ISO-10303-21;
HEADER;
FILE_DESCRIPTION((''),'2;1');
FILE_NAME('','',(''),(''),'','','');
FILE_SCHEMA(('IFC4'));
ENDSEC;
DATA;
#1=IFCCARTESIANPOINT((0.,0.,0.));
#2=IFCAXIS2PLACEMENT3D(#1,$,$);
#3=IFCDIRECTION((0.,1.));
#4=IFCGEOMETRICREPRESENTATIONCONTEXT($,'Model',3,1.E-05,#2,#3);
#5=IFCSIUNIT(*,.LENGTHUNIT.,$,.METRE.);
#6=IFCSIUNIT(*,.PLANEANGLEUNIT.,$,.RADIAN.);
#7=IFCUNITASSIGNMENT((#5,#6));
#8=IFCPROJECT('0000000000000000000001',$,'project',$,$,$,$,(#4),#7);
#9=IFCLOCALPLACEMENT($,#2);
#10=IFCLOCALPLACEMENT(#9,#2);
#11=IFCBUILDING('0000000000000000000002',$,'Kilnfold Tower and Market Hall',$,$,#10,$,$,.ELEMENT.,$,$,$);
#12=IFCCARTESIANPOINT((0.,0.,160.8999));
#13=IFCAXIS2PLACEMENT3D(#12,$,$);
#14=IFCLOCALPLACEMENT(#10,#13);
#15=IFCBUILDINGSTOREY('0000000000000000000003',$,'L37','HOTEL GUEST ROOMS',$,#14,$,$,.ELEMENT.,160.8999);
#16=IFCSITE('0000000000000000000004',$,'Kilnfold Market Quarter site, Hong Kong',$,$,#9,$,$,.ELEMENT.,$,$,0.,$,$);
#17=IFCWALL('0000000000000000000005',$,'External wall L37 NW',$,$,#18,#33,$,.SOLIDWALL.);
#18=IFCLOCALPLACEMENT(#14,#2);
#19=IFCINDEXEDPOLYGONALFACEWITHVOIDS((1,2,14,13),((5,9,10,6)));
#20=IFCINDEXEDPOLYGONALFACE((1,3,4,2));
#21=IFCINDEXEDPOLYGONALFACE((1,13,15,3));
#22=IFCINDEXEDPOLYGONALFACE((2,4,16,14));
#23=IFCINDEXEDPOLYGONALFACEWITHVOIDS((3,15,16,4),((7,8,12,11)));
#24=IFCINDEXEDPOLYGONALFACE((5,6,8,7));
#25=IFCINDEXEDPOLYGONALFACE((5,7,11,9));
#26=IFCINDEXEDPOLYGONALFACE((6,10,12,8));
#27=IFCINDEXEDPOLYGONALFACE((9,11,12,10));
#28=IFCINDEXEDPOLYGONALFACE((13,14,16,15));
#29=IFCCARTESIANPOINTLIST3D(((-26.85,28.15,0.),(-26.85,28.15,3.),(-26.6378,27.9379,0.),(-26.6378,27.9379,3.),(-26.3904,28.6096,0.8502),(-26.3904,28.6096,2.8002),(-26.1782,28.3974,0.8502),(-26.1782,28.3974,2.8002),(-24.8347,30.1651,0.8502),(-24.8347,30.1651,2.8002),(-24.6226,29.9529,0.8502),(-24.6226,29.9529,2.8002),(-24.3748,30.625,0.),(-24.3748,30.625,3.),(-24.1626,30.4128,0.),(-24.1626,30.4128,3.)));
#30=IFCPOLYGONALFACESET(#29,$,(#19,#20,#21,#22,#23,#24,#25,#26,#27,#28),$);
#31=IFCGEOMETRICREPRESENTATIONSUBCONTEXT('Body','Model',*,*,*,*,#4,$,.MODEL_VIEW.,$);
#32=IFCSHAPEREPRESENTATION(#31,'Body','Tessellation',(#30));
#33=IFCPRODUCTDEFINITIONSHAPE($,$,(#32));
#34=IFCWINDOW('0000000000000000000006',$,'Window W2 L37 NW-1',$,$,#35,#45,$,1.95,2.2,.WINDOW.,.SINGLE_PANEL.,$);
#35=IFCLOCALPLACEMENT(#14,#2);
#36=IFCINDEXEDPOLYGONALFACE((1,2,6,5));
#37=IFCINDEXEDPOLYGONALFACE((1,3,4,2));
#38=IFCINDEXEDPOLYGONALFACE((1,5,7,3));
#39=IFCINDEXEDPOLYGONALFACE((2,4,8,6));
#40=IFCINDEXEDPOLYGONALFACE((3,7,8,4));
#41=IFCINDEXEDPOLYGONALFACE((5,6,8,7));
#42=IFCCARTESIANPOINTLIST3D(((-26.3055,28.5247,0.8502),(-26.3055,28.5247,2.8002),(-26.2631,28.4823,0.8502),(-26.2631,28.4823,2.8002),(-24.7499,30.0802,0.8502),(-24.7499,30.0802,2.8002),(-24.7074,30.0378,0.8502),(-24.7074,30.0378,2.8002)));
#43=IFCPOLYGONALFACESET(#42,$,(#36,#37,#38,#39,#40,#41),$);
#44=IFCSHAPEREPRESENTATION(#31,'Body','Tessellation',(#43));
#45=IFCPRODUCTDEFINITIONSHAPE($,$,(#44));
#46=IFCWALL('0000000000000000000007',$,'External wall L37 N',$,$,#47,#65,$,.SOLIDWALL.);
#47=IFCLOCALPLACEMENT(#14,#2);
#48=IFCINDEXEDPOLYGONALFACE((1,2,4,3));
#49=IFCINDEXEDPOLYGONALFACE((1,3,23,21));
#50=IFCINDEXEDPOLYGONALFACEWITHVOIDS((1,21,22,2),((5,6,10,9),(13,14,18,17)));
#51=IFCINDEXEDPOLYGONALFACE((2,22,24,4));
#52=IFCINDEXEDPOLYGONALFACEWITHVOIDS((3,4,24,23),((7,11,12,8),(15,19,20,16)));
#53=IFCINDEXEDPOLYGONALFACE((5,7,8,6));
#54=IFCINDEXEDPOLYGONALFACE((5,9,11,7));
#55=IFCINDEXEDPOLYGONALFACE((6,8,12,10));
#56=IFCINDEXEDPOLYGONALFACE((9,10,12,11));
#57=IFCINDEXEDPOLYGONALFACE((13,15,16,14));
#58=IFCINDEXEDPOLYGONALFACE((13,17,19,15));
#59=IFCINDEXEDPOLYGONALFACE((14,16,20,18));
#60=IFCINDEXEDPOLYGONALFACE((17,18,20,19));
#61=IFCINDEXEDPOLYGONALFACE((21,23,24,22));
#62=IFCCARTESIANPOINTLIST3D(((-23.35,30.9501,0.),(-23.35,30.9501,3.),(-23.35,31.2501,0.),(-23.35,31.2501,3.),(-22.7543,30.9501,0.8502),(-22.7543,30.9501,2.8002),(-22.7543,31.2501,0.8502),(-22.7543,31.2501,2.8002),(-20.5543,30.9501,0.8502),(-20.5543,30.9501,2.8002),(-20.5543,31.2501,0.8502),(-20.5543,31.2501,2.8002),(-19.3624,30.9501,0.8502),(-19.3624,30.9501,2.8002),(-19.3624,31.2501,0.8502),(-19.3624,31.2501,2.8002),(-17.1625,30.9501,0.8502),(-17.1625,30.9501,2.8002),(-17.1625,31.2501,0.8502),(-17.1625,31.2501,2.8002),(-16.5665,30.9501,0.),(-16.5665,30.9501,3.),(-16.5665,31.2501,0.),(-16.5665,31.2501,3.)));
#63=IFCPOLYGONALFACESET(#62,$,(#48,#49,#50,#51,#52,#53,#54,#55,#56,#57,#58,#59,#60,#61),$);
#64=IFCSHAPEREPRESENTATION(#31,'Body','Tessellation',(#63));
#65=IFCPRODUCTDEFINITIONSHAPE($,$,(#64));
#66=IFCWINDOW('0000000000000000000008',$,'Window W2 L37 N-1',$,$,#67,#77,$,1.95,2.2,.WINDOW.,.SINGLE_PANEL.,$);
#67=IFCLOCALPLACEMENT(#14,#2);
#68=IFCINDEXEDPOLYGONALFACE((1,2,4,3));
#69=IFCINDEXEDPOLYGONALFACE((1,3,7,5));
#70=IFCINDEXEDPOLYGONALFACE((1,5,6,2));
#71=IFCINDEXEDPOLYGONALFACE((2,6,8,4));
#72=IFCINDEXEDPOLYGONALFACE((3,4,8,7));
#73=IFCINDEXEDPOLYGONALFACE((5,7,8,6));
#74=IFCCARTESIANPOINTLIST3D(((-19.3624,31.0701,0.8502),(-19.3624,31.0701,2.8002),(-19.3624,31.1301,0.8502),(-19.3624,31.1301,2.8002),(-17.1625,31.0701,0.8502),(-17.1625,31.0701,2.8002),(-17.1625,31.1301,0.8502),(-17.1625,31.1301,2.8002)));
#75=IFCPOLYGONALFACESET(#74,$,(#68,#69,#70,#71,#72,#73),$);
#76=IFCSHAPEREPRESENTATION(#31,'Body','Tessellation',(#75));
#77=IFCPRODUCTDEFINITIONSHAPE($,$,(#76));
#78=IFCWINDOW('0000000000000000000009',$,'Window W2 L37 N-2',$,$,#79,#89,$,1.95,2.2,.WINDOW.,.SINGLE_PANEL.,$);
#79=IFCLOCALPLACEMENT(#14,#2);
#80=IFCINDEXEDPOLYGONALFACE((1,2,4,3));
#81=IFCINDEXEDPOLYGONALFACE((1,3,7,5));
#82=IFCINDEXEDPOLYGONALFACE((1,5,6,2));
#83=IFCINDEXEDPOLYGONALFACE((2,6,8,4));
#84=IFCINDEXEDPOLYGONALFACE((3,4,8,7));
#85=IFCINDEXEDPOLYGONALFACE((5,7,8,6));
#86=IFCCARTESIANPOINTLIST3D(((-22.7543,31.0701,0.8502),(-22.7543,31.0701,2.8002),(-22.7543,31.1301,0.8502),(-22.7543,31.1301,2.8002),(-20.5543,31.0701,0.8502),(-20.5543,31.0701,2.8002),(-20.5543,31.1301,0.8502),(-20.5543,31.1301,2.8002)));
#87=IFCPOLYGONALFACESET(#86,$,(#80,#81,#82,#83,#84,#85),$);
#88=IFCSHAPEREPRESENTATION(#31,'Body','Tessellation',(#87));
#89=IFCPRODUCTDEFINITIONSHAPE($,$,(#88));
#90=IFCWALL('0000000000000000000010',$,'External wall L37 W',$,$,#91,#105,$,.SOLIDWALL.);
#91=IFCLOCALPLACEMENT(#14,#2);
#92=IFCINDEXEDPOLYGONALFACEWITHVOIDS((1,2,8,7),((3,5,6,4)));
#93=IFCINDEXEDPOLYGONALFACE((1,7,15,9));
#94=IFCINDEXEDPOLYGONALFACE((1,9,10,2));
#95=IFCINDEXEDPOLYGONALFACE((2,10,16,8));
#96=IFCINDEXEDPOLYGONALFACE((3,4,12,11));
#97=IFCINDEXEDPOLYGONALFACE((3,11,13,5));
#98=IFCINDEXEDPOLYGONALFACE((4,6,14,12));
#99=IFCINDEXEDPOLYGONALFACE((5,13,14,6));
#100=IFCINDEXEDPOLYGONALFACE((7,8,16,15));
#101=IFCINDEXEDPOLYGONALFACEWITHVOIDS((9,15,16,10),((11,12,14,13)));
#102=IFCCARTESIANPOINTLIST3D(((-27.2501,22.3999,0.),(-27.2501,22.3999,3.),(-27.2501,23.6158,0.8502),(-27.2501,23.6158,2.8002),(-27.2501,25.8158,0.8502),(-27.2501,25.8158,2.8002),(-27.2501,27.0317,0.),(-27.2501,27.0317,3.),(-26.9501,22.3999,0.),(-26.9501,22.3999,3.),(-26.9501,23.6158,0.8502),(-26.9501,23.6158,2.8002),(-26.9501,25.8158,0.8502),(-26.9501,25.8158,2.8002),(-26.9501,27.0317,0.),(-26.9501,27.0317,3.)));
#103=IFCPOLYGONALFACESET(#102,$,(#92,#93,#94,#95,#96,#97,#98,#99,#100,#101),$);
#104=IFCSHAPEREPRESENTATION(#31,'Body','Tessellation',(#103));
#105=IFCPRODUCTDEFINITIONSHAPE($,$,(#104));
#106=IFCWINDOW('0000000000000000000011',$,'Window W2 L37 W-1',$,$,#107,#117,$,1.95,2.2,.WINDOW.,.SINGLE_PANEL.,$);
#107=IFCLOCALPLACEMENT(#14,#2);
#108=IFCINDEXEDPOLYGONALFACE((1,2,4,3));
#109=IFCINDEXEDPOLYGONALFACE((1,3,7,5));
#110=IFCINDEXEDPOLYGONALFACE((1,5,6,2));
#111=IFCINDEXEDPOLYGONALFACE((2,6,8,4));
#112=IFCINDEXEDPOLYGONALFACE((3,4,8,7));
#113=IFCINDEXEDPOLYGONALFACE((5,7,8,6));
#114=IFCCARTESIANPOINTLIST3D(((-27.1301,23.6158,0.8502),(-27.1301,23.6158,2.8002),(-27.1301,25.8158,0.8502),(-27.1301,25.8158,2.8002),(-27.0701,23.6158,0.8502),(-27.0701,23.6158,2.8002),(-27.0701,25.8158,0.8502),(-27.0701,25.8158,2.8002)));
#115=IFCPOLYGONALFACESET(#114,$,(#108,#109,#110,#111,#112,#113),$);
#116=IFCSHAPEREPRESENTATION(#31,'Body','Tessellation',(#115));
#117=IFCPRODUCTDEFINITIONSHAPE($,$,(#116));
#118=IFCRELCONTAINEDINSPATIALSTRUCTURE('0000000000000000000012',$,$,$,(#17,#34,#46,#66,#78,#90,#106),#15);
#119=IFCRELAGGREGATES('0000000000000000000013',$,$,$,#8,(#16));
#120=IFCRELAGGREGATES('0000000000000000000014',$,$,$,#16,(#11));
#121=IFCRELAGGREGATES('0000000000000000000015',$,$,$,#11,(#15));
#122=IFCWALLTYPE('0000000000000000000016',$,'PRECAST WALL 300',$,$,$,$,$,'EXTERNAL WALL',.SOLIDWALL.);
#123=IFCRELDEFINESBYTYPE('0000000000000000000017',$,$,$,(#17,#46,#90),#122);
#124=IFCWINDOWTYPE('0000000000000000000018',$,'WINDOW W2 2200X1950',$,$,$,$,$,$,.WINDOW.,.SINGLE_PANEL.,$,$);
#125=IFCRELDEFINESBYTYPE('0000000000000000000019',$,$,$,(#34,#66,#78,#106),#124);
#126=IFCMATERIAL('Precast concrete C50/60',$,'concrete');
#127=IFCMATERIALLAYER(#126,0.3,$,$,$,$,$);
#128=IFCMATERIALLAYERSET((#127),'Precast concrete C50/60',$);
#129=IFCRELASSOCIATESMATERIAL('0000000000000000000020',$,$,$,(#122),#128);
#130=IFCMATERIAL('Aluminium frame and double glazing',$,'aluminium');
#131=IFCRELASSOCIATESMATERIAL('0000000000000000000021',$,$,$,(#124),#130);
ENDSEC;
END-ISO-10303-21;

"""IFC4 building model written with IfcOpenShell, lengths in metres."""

from ifc_helpers import new_model, si_unit, direction, frame, frame_2d, origin, place, context, subcontext, project, spatial, rectangle, extrude, source, transform, mapped, material, layer, layer_set, type_object, element, fill, save


model = new_model("IFC4")

# Units and contexts
model_context = context("Model", 3, precision=1e-05, world=origin(), true_north=direction((0.0, 1.0)))
body_context = subcontext(model_context, "Body", "Model", "MODEL_VIEW")
ifc_project = project(units=[si_unit("LENGTHUNIT", "METRE"), si_unit("PLANEANGLEUNIT", "RADIAN")], contexts=[model_context])

# Site, building, storey
site_placement = place(None, origin())
site = spatial("IfcSite", under=ifc_project, at=site_placement, Name="Kilnfold Market Quarter site, Hong Kong", CompositionType="ELEMENT", RefElevation=0.0)
building_placement = place(site_placement, origin())
building = spatial("IfcBuilding", under=site, at=building_placement, Name="Kilnfold Tower and Market Hall", CompositionType="ELEMENT")
storey_placement = place(building_placement, frame((0.0, 0.0, 160.8999)))
storey = spatial("IfcBuildingStorey", under=building, at=storey_placement, Name="L37", Description="HOTEL GUEST ROOMS", CompositionType="ELEMENT", Elevation=160.8999)

# Wall, opening, window
ifc_material_1 = material(Name="Precast concrete C50/60", Category="concrete")
ifc_layer_1 = layer(ifc_material_1, 0.3)
ifc_layer_set_1 = layer_set([ifc_layer_1], Name="Precast concrete C50/60")
wall_type_1 = type_object("IfcWallType", Name="PRECAST WALL 300", ElementType="EXTERNAL WALL", PredefinedType="SOLIDWALL", material=ifc_layer_set_1)
shared_shape_1 = source(origin(), body_context, "Body", "SweptSolid", [
    extrude(rectangle(XDim=3.5002, YDim=0.3, at=frame_2d((1.75, 0.0))), origin(), (0.0, 0.0, 1.0), 3.0),
])
wall_1_placement = place(storey_placement, frame((-24.2688, 30.5188, 0.0), z_axis=(0.0, 0.0, 1.0), x_axis=(-0.707142, -0.707072, 0.0)))
wall_1 = element("IfcWall", 1, at=wall_1_placement, inside=storey, type_object=wall_type_1, Name="External wall L37 NW", PredefinedType="SOLIDWALL", context=body_context, shape_type="MappedRepresentation", body=[
    mapped(shared_shape_1, transform((0.0, 0.0, 0.0))),
])
opening_1_placement = place(wall_1_placement, frame((0.6501, 0.0, 0.8501)))
opening_1 = element("IfcOpeningElement", 2, at=opening_1_placement, cuts=wall_1, PredefinedType="OPENING", context=body_context, shape_type="SweptSolid", body=[
    extrude(rectangle(XDim=2.2, YDim=1.95, at=frame_2d((1.1001, 0.9751))), frame((0.0, 0.1602, 0.0), z_axis=(0.0, -1.0, 0.0), x_axis=(1.0, 0.0, 0.0)), (0.0, 0.0, 1.0), 0.3201),
])
ifc_material_2 = material(Name="Aluminium frame and double glazing", Category="aluminium")
window_type = type_object("IfcWindowType", Name="WINDOW W2 2200X1950", PartitioningType="SINGLE_PANEL", PredefinedType="WINDOW", material=ifc_material_2)
window_1_placement = place(opening_1_placement, origin())
window_1 = element("IfcWindow", 3, at=window_1_placement, inside=storey, type_object=window_type, Name="Window W2 L37 NW-1", OverallHeight=1.95, OverallWidth=2.2, PartitioningType="SINGLE_PANEL", PredefinedType="WINDOW", context=body_context, shape_type="SweptSolid", body=[
    extrude(rectangle(XDim=2.2, YDim=1.95, at=frame_2d((1.1001, 0.9751))), frame((0.0, 0.03, 0.0), z_axis=(0.0, -1.0, 0.0), x_axis=(1.0, 0.0, 0.0)), (0.0, 0.0, 1.0), 0.0601),
])
fill(opening_1, window_1)

# Wall, openings, windows
shared_shape_2 = source(origin(), body_context, "Body", "SweptSolid", [
    extrude(rectangle(XDim=6.7834, YDim=0.3, at=frame_2d((3.3916, 0.0))), origin(), (0.0, 0.0, 1.0), 3.0),
])
wall_2_placement = place(storey_placement, frame((-16.5667, 31.1001, 0.0), z_axis=(0.0, 0.0, 1.0), x_axis=(-1.0, 0.0, 0.0)))
wall_2 = element("IfcWall", 4, at=wall_2_placement, inside=storey, type_object=wall_type_1, Name="External wall L37 N", PredefinedType="SOLIDWALL", context=body_context, shape_type="MappedRepresentation", body=[
    mapped(shared_shape_2, transform((0.0, 0.0, 0.0))),
])
opening_2_placement = place(wall_2_placement, frame((0.5957, 0.0, 0.8501)))
opening_2 = element("IfcOpeningElement", 5, at=opening_2_placement, cuts=wall_2, PredefinedType="OPENING", context=body_context, shape_type="SweptSolid", body=[
    extrude(rectangle(XDim=2.2, YDim=1.95, at=frame_2d((1.1001, 0.9751))), frame((0.0, 0.1602, 0.0), z_axis=(0.0, -1.0, 0.0), x_axis=(1.0, 0.0, 0.0)), (0.0, 0.0, 1.0), 0.3201),
])
opening_3_placement = place(wall_2_placement, frame((3.9875, 0.0, 0.8501)))
opening_3 = element("IfcOpeningElement", 6, at=opening_3_placement, cuts=wall_2, PredefinedType="OPENING", context=body_context, shape_type="SweptSolid", body=[
    extrude(rectangle(XDim=2.2, YDim=1.95, at=frame_2d((1.1001, 0.9751))), frame((0.0, 0.1602, 0.0), z_axis=(0.0, -1.0, 0.0), x_axis=(1.0, 0.0, 0.0)), (0.0, 0.0, 1.0), 0.3201),
])
window_2_placement = place(opening_2_placement, origin())
window_2 = element("IfcWindow", 7, at=window_2_placement, inside=storey, type_object=window_type, Name="Window W2 L37 N-1", OverallHeight=1.95, OverallWidth=2.2, PartitioningType="SINGLE_PANEL", PredefinedType="WINDOW", context=body_context, shape_type="SweptSolid", body=[
    extrude(rectangle(XDim=2.2, YDim=1.95, at=frame_2d((1.1001, 0.9751))), frame((0.0, 0.03, 0.0), z_axis=(0.0, -1.0, 0.0), x_axis=(1.0, 0.0, 0.0)), (0.0, 0.0, 1.0), 0.0601),
])
fill(opening_2, window_2)
window_3_placement = place(opening_3_placement, origin())
window_3 = element("IfcWindow", 8, at=window_3_placement, inside=storey, type_object=window_type, Name="Window W2 L37 N-2", OverallHeight=1.95, OverallWidth=2.2, PartitioningType="SINGLE_PANEL", PredefinedType="WINDOW", context=body_context, shape_type="SweptSolid", body=[
    extrude(rectangle(XDim=2.2, YDim=1.95, at=frame_2d((1.1001, 0.9751))), frame((0.0, 0.03, 0.0), z_axis=(0.0, -1.0, 0.0), x_axis=(1.0, 0.0, 0.0)), (0.0, 0.0, 1.0), 0.0601),
])
fill(opening_3, window_3)

# Wall, opening, window
shared_shape_3 = source(origin(), body_context, "Body", "SweptSolid", [
    extrude(rectangle(XDim=4.6318, YDim=0.3, at=frame_2d((2.3159, 0.0))), origin(), (0.0, 0.0, 1.0), 3.0),
])
wall_3_placement = place(storey_placement, frame((-27.1001, 27.0317, 0.0), z_axis=(0.0, 0.0, 1.0), x_axis=(0.0, -1.0, 0.0)))
wall_3 = element("IfcWall", 9, at=wall_3_placement, inside=storey, type_object=wall_type_1, Name="External wall L37 W", PredefinedType="SOLIDWALL", context=body_context, shape_type="MappedRepresentation", body=[
    mapped(shared_shape_3, transform((0.0, 0.0, 0.0))),
])
opening_4_placement = place(wall_3_placement, frame((1.2158, 0.0, 0.8501)))
opening_4 = element("IfcOpeningElement", 10, at=opening_4_placement, cuts=wall_3, PredefinedType="OPENING", context=body_context, shape_type="SweptSolid", body=[
    extrude(rectangle(XDim=2.2, YDim=1.95, at=frame_2d((1.1001, 0.9751))), frame((0.0, 0.1602, 0.0), z_axis=(0.0, -1.0, 0.0), x_axis=(1.0, 0.0, 0.0)), (0.0, 0.0, 1.0), 0.3201),
])
window_4_placement = place(opening_4_placement, origin())
window_4 = element("IfcWindow", 11, at=window_4_placement, inside=storey, type_object=window_type, Name="Window W2 L37 W-1", OverallHeight=1.95, OverallWidth=2.2, PartitioningType="SINGLE_PANEL", PredefinedType="WINDOW", context=body_context, shape_type="SweptSolid", body=[
    extrude(rectangle(XDim=2.2, YDim=1.95, at=frame_2d((1.1001, 0.9751))), frame((0.0, 0.03, 0.0), z_axis=(0.0, -1.0, 0.0), x_axis=(1.0, 0.0, 0.0)), (0.0, 0.0, 1.0), 0.0601),
])
fill(opening_4, window_4)

save(model, "model.ifc")
